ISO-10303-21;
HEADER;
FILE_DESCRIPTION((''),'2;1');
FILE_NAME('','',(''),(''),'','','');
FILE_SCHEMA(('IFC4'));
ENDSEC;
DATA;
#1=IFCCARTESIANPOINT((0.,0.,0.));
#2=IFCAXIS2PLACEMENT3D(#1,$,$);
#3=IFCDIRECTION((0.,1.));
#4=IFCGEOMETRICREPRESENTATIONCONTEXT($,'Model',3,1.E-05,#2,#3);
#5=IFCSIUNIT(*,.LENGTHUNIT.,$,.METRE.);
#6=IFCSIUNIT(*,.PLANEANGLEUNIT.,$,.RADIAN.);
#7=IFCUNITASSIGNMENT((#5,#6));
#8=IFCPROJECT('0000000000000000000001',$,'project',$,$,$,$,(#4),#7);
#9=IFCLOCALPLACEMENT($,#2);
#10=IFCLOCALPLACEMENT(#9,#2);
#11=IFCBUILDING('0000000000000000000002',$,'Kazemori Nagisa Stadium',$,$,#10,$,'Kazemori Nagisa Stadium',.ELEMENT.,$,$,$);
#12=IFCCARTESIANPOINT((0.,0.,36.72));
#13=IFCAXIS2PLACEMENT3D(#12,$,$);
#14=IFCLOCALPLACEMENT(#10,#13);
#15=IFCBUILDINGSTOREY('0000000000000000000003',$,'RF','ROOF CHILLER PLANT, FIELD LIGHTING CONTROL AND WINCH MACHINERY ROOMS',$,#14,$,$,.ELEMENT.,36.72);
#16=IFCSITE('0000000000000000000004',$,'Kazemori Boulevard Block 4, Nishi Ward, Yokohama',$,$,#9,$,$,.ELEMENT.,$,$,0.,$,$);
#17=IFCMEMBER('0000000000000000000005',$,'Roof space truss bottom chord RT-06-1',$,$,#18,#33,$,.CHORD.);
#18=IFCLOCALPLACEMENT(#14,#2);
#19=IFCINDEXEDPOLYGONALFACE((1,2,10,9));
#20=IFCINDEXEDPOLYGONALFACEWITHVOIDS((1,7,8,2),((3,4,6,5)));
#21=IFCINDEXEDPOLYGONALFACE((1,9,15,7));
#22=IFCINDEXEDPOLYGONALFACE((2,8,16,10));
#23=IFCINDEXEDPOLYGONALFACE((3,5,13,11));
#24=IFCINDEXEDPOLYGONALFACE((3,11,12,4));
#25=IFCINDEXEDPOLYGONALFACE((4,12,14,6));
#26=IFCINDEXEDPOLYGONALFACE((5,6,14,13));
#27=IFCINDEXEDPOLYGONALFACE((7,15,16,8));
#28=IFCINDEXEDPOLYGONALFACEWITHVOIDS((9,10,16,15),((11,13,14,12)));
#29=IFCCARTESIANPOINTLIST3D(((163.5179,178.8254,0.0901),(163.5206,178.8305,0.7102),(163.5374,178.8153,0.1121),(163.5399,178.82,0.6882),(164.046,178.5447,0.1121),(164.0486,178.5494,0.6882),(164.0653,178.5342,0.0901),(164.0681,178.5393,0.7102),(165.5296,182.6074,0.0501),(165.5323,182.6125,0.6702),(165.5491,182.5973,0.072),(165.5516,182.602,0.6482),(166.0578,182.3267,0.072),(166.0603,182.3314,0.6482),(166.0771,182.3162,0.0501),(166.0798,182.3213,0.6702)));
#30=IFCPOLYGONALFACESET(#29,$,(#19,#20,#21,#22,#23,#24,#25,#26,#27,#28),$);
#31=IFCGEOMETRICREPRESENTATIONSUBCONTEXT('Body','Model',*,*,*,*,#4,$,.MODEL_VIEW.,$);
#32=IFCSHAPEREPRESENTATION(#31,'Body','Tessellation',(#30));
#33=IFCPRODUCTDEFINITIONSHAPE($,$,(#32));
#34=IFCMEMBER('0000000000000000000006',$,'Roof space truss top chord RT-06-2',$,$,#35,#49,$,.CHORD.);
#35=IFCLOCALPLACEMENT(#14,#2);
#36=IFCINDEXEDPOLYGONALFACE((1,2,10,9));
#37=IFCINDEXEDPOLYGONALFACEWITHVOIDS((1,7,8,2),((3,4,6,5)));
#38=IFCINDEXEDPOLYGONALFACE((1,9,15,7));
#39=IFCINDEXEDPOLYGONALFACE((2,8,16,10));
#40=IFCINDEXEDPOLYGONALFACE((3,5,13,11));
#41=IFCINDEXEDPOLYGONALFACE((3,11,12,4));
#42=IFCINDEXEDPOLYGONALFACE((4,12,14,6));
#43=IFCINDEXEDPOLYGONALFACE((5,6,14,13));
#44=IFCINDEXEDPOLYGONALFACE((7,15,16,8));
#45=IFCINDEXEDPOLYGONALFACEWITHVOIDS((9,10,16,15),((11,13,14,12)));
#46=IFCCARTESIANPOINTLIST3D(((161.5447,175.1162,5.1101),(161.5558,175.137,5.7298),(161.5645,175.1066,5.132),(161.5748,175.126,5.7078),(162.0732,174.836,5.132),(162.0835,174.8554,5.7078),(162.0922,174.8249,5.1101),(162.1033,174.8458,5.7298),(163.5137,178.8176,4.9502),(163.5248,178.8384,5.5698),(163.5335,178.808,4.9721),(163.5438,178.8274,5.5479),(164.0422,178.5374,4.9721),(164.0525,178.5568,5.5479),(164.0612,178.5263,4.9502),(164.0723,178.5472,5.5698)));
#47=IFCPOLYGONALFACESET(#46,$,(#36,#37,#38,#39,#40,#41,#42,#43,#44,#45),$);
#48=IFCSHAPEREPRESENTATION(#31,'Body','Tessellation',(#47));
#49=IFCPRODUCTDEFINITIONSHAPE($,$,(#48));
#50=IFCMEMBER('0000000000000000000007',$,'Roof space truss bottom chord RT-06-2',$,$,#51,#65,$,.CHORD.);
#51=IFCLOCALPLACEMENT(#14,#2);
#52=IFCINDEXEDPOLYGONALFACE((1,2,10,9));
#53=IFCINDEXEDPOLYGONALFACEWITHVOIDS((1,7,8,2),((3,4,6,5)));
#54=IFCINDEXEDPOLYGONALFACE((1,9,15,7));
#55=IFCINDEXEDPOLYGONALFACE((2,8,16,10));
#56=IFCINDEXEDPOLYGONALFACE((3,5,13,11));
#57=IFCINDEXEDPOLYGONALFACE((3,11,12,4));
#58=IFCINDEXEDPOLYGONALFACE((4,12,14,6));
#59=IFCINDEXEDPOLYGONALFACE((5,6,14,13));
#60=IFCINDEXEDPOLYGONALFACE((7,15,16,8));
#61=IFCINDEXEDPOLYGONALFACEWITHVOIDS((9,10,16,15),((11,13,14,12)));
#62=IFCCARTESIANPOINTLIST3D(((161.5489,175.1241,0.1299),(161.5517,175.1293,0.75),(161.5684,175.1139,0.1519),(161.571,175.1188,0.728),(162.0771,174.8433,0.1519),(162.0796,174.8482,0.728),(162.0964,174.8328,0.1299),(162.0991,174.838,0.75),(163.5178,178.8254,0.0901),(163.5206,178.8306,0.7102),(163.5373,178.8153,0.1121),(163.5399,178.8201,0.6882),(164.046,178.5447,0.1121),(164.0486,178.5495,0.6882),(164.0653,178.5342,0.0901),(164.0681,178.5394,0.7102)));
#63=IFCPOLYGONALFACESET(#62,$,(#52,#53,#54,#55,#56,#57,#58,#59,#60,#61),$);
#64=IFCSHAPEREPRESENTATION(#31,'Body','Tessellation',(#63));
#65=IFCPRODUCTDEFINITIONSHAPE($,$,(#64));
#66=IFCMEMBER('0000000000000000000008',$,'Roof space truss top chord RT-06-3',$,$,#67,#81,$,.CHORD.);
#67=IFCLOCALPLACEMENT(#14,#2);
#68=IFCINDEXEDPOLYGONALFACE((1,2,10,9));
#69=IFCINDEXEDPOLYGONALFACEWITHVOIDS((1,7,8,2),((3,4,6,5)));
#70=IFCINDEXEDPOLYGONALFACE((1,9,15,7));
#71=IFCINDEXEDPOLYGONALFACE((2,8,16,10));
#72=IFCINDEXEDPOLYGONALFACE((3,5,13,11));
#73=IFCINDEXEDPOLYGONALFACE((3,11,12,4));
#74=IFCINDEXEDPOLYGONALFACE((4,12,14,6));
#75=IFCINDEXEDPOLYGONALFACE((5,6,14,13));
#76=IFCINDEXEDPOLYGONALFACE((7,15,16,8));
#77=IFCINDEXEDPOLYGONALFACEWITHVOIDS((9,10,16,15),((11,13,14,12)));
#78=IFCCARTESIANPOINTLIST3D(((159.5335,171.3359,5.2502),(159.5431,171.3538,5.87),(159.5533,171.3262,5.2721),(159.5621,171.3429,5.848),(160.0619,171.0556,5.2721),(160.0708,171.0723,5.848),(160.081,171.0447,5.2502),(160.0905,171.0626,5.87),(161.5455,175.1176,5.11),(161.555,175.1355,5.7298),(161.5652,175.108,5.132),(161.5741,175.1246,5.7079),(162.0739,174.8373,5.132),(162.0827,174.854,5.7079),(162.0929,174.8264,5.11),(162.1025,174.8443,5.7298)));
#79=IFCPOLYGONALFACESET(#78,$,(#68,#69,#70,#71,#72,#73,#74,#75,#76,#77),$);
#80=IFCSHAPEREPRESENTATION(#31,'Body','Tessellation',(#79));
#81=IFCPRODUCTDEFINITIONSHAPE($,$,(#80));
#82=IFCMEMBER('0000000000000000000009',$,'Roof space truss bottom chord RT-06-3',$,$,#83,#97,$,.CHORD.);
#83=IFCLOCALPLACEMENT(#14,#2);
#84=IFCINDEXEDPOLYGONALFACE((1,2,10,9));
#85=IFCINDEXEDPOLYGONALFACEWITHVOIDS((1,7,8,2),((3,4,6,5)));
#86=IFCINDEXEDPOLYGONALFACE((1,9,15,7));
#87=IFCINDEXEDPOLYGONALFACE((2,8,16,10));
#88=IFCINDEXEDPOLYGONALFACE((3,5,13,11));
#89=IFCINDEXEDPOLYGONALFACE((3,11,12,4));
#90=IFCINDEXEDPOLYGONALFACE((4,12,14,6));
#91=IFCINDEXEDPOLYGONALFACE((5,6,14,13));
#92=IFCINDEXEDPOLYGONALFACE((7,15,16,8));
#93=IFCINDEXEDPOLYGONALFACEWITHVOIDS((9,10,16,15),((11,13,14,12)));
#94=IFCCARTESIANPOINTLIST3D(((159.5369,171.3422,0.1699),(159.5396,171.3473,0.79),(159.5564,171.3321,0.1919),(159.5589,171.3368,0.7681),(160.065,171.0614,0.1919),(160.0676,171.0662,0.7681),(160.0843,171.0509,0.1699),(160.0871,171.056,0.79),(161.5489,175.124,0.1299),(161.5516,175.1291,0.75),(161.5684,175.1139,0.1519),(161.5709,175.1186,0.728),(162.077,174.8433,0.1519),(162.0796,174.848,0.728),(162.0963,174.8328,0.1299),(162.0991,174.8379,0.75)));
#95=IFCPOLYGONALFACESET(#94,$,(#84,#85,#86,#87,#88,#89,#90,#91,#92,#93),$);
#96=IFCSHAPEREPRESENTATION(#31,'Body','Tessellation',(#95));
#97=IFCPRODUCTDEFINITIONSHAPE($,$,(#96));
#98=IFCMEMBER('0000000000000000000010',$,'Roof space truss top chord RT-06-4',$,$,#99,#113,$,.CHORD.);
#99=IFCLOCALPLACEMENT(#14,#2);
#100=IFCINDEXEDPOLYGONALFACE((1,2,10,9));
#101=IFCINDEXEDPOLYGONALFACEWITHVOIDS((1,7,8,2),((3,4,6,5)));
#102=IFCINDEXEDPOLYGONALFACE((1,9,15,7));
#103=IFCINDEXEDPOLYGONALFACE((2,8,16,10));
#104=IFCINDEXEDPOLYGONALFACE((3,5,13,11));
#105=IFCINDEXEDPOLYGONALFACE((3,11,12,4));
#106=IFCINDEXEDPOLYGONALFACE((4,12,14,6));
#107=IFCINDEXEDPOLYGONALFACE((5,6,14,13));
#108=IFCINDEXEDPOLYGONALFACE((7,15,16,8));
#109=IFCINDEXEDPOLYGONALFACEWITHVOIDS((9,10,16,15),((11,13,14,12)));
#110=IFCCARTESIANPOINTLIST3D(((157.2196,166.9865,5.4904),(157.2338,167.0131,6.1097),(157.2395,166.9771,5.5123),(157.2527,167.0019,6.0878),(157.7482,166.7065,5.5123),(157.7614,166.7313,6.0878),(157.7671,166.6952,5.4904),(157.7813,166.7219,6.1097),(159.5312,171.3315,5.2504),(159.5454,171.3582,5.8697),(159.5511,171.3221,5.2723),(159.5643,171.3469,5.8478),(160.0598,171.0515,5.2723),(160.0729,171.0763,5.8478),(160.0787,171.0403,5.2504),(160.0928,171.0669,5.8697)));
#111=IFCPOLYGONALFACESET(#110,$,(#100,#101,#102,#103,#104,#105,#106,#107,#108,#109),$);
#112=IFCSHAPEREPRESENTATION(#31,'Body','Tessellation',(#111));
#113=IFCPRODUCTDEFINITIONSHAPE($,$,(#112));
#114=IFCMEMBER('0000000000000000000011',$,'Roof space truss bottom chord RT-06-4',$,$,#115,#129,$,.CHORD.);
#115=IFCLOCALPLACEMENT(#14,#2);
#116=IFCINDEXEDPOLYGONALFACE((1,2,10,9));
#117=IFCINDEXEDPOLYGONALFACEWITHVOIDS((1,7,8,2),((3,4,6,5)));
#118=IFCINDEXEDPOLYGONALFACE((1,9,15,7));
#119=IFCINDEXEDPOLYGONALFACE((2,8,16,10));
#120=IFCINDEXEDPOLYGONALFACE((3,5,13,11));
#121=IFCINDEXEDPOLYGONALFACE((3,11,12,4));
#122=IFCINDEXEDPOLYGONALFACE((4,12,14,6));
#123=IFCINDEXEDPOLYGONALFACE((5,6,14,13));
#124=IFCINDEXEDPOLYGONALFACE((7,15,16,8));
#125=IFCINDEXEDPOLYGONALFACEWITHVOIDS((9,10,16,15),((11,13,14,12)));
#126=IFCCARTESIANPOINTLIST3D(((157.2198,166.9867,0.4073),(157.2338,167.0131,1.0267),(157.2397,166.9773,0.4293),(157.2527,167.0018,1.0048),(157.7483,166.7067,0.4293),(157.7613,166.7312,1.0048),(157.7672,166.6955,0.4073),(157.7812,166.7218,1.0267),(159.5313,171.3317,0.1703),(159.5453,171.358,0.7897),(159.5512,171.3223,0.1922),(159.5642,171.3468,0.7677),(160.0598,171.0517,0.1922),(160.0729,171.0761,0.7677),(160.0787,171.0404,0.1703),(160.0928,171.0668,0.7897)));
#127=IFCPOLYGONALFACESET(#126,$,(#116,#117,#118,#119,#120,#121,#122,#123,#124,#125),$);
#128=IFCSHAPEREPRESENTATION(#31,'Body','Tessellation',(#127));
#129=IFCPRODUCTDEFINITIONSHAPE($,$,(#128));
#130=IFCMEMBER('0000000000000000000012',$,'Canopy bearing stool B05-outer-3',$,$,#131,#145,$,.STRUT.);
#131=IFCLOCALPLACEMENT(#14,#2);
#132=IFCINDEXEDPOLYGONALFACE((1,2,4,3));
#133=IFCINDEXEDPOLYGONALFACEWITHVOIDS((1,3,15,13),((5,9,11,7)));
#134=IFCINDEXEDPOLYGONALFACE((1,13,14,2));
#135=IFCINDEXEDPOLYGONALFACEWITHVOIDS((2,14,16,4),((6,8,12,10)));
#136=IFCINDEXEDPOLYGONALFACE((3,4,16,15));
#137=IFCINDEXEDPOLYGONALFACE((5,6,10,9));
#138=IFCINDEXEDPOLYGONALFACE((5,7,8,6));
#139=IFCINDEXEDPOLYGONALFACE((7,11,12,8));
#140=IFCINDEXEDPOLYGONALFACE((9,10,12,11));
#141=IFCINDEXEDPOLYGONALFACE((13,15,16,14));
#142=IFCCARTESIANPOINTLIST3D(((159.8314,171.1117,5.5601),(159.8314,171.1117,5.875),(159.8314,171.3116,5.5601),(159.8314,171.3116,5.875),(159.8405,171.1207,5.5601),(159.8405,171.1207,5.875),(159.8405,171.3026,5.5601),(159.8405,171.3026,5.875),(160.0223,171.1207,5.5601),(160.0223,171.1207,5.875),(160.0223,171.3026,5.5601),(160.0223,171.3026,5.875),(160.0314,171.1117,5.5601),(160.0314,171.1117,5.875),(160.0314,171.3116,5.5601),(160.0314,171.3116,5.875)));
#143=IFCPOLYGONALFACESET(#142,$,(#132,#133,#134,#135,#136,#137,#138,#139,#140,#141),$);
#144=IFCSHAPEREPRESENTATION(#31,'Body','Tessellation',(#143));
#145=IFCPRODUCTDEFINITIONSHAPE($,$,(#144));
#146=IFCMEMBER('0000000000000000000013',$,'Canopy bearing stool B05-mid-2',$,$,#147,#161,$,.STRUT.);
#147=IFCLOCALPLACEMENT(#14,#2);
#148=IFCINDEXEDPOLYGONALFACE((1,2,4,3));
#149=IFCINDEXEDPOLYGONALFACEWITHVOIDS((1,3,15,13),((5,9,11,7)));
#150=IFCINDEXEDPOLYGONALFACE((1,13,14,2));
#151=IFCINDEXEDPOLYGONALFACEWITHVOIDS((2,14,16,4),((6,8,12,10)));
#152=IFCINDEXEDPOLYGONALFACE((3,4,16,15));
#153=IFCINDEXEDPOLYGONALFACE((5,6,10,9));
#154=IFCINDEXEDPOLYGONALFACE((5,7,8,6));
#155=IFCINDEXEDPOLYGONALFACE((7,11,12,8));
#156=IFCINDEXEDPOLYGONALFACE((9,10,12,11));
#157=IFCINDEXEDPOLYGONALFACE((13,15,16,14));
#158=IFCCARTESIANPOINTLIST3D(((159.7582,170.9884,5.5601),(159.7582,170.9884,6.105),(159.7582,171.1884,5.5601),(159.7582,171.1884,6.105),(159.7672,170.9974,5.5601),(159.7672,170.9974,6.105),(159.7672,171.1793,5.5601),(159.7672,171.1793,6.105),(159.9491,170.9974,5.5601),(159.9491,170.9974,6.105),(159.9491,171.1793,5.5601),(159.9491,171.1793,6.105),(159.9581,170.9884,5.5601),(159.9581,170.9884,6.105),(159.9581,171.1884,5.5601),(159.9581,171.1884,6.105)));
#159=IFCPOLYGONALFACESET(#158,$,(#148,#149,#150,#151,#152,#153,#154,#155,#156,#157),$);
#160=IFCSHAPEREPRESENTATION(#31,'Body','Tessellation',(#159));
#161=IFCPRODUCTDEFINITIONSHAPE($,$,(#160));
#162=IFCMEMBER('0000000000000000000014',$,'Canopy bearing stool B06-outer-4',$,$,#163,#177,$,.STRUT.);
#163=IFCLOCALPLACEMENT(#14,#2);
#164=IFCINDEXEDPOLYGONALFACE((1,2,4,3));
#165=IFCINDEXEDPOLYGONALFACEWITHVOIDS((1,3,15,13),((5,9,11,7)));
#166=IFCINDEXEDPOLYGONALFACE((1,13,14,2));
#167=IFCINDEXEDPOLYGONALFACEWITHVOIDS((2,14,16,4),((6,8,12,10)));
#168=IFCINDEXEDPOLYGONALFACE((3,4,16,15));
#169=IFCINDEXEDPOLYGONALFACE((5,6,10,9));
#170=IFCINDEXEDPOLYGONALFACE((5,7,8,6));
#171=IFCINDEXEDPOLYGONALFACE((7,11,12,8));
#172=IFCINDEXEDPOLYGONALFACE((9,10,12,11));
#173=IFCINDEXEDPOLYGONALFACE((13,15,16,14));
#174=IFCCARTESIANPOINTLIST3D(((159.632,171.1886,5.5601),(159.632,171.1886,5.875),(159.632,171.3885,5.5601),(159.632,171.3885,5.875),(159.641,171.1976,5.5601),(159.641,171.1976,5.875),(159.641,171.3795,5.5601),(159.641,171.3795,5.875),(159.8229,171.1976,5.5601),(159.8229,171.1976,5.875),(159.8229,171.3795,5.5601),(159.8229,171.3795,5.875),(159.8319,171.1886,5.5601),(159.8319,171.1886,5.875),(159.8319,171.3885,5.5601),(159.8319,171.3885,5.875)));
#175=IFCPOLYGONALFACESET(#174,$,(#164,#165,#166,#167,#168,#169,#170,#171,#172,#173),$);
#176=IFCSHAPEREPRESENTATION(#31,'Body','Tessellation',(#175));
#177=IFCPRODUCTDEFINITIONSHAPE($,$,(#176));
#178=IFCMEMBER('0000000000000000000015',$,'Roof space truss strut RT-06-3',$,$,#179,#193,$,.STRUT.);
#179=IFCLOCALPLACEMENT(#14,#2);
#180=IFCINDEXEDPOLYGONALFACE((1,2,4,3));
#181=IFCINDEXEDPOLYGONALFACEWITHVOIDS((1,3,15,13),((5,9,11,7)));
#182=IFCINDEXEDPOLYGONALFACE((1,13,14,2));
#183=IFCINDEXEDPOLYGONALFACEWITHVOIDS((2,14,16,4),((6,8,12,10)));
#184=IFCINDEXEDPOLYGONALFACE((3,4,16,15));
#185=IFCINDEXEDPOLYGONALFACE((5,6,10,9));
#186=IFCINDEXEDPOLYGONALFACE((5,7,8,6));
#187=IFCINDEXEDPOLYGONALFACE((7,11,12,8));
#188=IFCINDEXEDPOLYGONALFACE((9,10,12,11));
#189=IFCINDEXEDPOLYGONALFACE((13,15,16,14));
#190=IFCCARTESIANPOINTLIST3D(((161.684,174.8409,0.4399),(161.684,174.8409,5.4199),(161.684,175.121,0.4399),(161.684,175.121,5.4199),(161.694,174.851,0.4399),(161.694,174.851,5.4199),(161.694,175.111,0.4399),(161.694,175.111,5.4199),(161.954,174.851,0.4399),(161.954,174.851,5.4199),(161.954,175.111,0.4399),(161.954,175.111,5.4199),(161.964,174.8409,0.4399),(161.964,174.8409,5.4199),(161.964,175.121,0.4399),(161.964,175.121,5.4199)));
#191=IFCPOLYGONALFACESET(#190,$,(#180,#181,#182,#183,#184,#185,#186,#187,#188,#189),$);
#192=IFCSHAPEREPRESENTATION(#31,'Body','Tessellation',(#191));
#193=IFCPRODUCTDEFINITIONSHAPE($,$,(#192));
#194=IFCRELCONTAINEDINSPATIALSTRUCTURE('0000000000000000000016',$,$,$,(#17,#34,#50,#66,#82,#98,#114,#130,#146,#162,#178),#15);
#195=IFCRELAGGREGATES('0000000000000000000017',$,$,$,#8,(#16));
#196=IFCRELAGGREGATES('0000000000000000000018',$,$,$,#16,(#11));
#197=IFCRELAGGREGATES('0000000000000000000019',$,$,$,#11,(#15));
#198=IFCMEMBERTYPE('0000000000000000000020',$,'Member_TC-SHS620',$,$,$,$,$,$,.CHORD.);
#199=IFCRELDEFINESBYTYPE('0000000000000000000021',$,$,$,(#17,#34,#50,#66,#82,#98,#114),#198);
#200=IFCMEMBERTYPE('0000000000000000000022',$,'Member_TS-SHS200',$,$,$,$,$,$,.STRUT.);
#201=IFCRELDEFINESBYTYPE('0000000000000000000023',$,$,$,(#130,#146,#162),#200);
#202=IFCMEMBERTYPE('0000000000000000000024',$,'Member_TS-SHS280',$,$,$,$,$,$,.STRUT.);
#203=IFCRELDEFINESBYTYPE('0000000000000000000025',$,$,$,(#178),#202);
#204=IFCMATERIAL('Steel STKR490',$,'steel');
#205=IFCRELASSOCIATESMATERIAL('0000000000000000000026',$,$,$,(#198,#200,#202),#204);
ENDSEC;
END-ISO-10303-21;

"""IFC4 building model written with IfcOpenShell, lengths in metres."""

from ifc_helpers import new_model, si_unit, direction, frame, origin, origin_2d, place, context, subcontext, project, spatial, hollow_rectangle, extrude, material, material_profile, profile_set, type_object, element, save


model = new_model("IFC4")

# Units and contexts
model_context = context("Model", 3, precision=1e-05, world=origin(), true_north=direction((0.0, 1.0)))
body_context = subcontext(model_context, "Body", "Model", "MODEL_VIEW")
ifc_project = project(units=[si_unit("LENGTHUNIT", "METRE"), si_unit("PLANEANGLEUNIT", "RADIAN")], contexts=[model_context])

# Site, building, storey
site_placement = place(None, origin())
site = spatial("IfcSite", under=ifc_project, at=site_placement, Name="Kazemori Boulevard Block 4, Nishi Ward, Yokohama", CompositionType="ELEMENT", RefElevation=0.0)
building_placement = place(site_placement, origin())
building = spatial("IfcBuilding", under=site, at=building_placement, Name="Kazemori Nagisa Stadium", LongName="Kazemori Nagisa Stadium", CompositionType="ELEMENT")
storey_placement = place(building_placement, frame((0.0, 0.0, 36.72)))
storey = spatial("IfcBuildingStorey", under=building, at=storey_placement, Name="RF", Description="ROOF CHILLER PLANT, FIELD LIGHTING CONTROL AND WINCH MACHINERY ROOMS", CompositionType="ELEMENT", Elevation=36.72)

# Members
ifc_material_1 = material(Name="Steel STKR490", Category="steel")
ifc_material_profile_1 = material_profile(ifc_material_1, hollow_rectangle(XDim=0.6201, YDim=0.6201, WallThickness=0.022, at=origin_2d()), Name="SHS-620x620x22")
ifc_profile_set_1 = profile_set([ifc_material_profile_1], Name="Steel STKR490")
member_type_1 = type_object("IfcMemberType", Name="Member_TC-SHS620", PredefinedType="CHORD", material=ifc_profile_set_1)
member_1_placement = place(storey_placement, frame((165.8047, 182.4644, 0.3601), z_axis=(-0.469597, -0.882831, 0.009346), x_axis=(0.88287, -0.469618, 0.0)))
element("IfcMember", 1, at=member_1_placement, inside=storey, type_object=member_type_1, Name="Roof space truss bottom chord RT-06-1", PredefinedType="CHORD", context=body_context, shape_type="SweptSolid", body=[
    extrude(hollow_rectangle(XDim=0.6201, YDim=0.6201, WallThickness=0.022, at=origin_2d()), origin(), (0.0, 0.0, 1.0), 4.2839),
])
member_2_placement = place(storey_placement, frame((163.793, 178.6824, 5.26), z_axis=(-0.469301, -0.882215, 0.038114), x_axis=(0.882857, -0.469642, 0.0)))
element("IfcMember", 2, at=member_2_placement, inside=storey, type_object=member_type_1, Name="Roof space truss top chord RT-06-2", PredefinedType="CHORD", context=body_context, shape_type="SweptSolid", body=[
    extrude(hollow_rectangle(XDim=0.6201, YDim=0.6201, WallThickness=0.022, at=origin_2d()), origin(), (0.0, 0.0, 1.0), 4.1956),
])
member_3_placement = place(storey_placement, frame((163.793, 178.6824, 0.4001), z_axis=(-0.469621, -0.882817, 0.009491), x_axis=(0.882857, -0.469642, 0.0)))
element("IfcMember", 3, at=member_3_placement, inside=storey, type_object=member_type_1, Name="Roof space truss bottom chord RT-06-2", PredefinedType="CHORD", context=body_context, shape_type="SweptSolid", body=[
    extrude(hollow_rectangle(XDim=0.6201, YDim=0.6201, WallThickness=0.022, at=origin_2d()), origin(), (0.0, 0.0, 1.0), 4.1926),
])
member_4_placement = place(storey_placement, frame((161.824, 174.981, 5.4199), z_axis=(-0.469435, -0.882362, 0.032697), x_axis=(0.882834, -0.469686, 0.0)))
element("IfcMember", 4, at=member_4_placement, inside=storey, type_object=member_type_1, Name="Roof space truss top chord RT-06-3", PredefinedType="CHORD", context=body_context, shape_type="SweptSolid", body=[
    extrude(hollow_rectangle(XDim=0.6201, YDim=0.6201, WallThickness=0.022, at=origin_2d()), origin(), (0.0, 0.0, 1.0), 4.2859),
])
member_5_placement = place(storey_placement, frame((161.824, 174.981, 0.4399), z_axis=(-0.469665, -0.882795, 0.009347), x_axis=(0.882834, -0.469686, 0.0)))
element("IfcMember", 5, at=member_5_placement, inside=storey, type_object=member_type_1, Name="Roof space truss bottom chord RT-06-3", PredefinedType="CHORD", context=body_context, shape_type="SweptSolid", body=[
    extrude(hollow_rectangle(XDim=0.6201, YDim=0.6201, WallThickness=0.022, at=origin_2d()), origin(), (0.0, 0.0, 1.0), 4.2839),
])
member_6_placement = place(storey_placement, frame((159.812, 171.1992, 5.5601), z_axis=(-0.469114, -0.881794, 0.048705), x_axis=(0.882841, -0.469671, 0.0)))
element("IfcMember", 6, at=member_6_placement, inside=storey, type_object=member_type_1, Name="Roof space truss top chord RT-06-4", PredefinedType="CHORD", context=body_context, shape_type="SweptSolid", body=[
    extrude(hollow_rectangle(XDim=0.6201, YDim=0.6201, WallThickness=0.022, at=origin_2d()), origin(), (0.0, 0.0, 1.0), 4.9275),
])
member_7_placement = place(storey_placement, frame((159.812, 171.1992, 0.48), z_axis=(-0.469127, -0.881819, 0.048112), x_axis=(0.882841, -0.469671, 0.0)))
element("IfcMember", 7, at=member_7_placement, inside=storey, type_object=member_type_1, Name="Roof space truss bottom chord RT-06-4", PredefinedType="CHORD", context=body_context, shape_type="SweptSolid", body=[
    extrude(hollow_rectangle(XDim=0.6201, YDim=0.6201, WallThickness=0.022, at=origin_2d()), origin(), (0.0, 0.0, 1.0), 4.9272),
])
ifc_material_profile_2 = material_profile(ifc_material_1, hollow_rectangle(XDim=0.2, YDim=0.2, WallThickness=0.009, at=origin_2d()), Name="SHS-200x200x9")
ifc_profile_set_2 = profile_set([ifc_material_profile_2], Name="Steel STKR490")
member_type_2 = type_object("IfcMemberType", Name="Member_TS-SHS200", PredefinedType="STRUT", material=ifc_profile_set_2)
member_8_placement = place(storey_placement, frame((159.9314, 171.2117, 5.5601), z_axis=(0.0, 0.0, 1.0), x_axis=(1.0, 0.0, 0.0)))
element("IfcMember", 8, at=member_8_placement, inside=storey, type_object=member_type_2, Name="Canopy bearing stool B05-outer-3", PredefinedType="STRUT", context=body_context, shape_type="SweptSolid", body=[
    extrude(hollow_rectangle(XDim=0.2, YDim=0.2, WallThickness=0.009, at=origin_2d()), origin(), (0.0, 0.0, 1.0), 0.3149),
])
member_9_placement = place(storey_placement, frame((159.8582, 171.0884, 5.5601), z_axis=(0.0, 0.0, 1.0), x_axis=(1.0, 0.0, 0.0)))
element("IfcMember", 9, at=member_9_placement, inside=storey, type_object=member_type_2, Name="Canopy bearing stool B05-mid-2", PredefinedType="STRUT", context=body_context, shape_type="SweptSolid", body=[
    extrude(hollow_rectangle(XDim=0.2, YDim=0.2, WallThickness=0.009, at=origin_2d()), origin(), (0.0, 0.0, 1.0), 0.5449),
])
member_10_placement = place(storey_placement, frame((159.7319, 171.2886, 5.5601), z_axis=(0.0, 0.0, 1.0), x_axis=(1.0, 0.0, 0.0)))
element("IfcMember", 10, at=member_10_placement, inside=storey, type_object=member_type_2, Name="Canopy bearing stool B06-outer-4", PredefinedType="STRUT", context=body_context, shape_type="SweptSolid", body=[
    extrude(hollow_rectangle(XDim=0.2, YDim=0.2, WallThickness=0.009, at=origin_2d()), origin(), (0.0, 0.0, 1.0), 0.3149),
])
ifc_material_profile_3 = material_profile(ifc_material_1, hollow_rectangle(XDim=0.28, YDim=0.28, WallThickness=0.01, at=origin_2d()), Name="SHS-280x280x10")
ifc_profile_set_3 = profile_set([ifc_material_profile_3], Name="Steel STKR490")
member_type_3 = type_object("IfcMemberType", Name="Member_TS-SHS280", PredefinedType="STRUT", material=ifc_profile_set_3)
member_11_placement = place(storey_placement, frame((161.824, 174.981, 0.4399), z_axis=(0.0, 0.0, 1.0), x_axis=(1.0, 0.0, 0.0)))
element("IfcMember", 11, at=member_11_placement, inside=storey, type_object=member_type_3, Name="Roof space truss strut RT-06-3", PredefinedType="STRUT", context=body_context, shape_type="SweptSolid", body=[
    extrude(hollow_rectangle(XDim=0.28, YDim=0.28, WallThickness=0.01, at=origin_2d()), origin(), (0.0, 0.0, 1.0), 4.98),
])

save(model, "model.ifc")
